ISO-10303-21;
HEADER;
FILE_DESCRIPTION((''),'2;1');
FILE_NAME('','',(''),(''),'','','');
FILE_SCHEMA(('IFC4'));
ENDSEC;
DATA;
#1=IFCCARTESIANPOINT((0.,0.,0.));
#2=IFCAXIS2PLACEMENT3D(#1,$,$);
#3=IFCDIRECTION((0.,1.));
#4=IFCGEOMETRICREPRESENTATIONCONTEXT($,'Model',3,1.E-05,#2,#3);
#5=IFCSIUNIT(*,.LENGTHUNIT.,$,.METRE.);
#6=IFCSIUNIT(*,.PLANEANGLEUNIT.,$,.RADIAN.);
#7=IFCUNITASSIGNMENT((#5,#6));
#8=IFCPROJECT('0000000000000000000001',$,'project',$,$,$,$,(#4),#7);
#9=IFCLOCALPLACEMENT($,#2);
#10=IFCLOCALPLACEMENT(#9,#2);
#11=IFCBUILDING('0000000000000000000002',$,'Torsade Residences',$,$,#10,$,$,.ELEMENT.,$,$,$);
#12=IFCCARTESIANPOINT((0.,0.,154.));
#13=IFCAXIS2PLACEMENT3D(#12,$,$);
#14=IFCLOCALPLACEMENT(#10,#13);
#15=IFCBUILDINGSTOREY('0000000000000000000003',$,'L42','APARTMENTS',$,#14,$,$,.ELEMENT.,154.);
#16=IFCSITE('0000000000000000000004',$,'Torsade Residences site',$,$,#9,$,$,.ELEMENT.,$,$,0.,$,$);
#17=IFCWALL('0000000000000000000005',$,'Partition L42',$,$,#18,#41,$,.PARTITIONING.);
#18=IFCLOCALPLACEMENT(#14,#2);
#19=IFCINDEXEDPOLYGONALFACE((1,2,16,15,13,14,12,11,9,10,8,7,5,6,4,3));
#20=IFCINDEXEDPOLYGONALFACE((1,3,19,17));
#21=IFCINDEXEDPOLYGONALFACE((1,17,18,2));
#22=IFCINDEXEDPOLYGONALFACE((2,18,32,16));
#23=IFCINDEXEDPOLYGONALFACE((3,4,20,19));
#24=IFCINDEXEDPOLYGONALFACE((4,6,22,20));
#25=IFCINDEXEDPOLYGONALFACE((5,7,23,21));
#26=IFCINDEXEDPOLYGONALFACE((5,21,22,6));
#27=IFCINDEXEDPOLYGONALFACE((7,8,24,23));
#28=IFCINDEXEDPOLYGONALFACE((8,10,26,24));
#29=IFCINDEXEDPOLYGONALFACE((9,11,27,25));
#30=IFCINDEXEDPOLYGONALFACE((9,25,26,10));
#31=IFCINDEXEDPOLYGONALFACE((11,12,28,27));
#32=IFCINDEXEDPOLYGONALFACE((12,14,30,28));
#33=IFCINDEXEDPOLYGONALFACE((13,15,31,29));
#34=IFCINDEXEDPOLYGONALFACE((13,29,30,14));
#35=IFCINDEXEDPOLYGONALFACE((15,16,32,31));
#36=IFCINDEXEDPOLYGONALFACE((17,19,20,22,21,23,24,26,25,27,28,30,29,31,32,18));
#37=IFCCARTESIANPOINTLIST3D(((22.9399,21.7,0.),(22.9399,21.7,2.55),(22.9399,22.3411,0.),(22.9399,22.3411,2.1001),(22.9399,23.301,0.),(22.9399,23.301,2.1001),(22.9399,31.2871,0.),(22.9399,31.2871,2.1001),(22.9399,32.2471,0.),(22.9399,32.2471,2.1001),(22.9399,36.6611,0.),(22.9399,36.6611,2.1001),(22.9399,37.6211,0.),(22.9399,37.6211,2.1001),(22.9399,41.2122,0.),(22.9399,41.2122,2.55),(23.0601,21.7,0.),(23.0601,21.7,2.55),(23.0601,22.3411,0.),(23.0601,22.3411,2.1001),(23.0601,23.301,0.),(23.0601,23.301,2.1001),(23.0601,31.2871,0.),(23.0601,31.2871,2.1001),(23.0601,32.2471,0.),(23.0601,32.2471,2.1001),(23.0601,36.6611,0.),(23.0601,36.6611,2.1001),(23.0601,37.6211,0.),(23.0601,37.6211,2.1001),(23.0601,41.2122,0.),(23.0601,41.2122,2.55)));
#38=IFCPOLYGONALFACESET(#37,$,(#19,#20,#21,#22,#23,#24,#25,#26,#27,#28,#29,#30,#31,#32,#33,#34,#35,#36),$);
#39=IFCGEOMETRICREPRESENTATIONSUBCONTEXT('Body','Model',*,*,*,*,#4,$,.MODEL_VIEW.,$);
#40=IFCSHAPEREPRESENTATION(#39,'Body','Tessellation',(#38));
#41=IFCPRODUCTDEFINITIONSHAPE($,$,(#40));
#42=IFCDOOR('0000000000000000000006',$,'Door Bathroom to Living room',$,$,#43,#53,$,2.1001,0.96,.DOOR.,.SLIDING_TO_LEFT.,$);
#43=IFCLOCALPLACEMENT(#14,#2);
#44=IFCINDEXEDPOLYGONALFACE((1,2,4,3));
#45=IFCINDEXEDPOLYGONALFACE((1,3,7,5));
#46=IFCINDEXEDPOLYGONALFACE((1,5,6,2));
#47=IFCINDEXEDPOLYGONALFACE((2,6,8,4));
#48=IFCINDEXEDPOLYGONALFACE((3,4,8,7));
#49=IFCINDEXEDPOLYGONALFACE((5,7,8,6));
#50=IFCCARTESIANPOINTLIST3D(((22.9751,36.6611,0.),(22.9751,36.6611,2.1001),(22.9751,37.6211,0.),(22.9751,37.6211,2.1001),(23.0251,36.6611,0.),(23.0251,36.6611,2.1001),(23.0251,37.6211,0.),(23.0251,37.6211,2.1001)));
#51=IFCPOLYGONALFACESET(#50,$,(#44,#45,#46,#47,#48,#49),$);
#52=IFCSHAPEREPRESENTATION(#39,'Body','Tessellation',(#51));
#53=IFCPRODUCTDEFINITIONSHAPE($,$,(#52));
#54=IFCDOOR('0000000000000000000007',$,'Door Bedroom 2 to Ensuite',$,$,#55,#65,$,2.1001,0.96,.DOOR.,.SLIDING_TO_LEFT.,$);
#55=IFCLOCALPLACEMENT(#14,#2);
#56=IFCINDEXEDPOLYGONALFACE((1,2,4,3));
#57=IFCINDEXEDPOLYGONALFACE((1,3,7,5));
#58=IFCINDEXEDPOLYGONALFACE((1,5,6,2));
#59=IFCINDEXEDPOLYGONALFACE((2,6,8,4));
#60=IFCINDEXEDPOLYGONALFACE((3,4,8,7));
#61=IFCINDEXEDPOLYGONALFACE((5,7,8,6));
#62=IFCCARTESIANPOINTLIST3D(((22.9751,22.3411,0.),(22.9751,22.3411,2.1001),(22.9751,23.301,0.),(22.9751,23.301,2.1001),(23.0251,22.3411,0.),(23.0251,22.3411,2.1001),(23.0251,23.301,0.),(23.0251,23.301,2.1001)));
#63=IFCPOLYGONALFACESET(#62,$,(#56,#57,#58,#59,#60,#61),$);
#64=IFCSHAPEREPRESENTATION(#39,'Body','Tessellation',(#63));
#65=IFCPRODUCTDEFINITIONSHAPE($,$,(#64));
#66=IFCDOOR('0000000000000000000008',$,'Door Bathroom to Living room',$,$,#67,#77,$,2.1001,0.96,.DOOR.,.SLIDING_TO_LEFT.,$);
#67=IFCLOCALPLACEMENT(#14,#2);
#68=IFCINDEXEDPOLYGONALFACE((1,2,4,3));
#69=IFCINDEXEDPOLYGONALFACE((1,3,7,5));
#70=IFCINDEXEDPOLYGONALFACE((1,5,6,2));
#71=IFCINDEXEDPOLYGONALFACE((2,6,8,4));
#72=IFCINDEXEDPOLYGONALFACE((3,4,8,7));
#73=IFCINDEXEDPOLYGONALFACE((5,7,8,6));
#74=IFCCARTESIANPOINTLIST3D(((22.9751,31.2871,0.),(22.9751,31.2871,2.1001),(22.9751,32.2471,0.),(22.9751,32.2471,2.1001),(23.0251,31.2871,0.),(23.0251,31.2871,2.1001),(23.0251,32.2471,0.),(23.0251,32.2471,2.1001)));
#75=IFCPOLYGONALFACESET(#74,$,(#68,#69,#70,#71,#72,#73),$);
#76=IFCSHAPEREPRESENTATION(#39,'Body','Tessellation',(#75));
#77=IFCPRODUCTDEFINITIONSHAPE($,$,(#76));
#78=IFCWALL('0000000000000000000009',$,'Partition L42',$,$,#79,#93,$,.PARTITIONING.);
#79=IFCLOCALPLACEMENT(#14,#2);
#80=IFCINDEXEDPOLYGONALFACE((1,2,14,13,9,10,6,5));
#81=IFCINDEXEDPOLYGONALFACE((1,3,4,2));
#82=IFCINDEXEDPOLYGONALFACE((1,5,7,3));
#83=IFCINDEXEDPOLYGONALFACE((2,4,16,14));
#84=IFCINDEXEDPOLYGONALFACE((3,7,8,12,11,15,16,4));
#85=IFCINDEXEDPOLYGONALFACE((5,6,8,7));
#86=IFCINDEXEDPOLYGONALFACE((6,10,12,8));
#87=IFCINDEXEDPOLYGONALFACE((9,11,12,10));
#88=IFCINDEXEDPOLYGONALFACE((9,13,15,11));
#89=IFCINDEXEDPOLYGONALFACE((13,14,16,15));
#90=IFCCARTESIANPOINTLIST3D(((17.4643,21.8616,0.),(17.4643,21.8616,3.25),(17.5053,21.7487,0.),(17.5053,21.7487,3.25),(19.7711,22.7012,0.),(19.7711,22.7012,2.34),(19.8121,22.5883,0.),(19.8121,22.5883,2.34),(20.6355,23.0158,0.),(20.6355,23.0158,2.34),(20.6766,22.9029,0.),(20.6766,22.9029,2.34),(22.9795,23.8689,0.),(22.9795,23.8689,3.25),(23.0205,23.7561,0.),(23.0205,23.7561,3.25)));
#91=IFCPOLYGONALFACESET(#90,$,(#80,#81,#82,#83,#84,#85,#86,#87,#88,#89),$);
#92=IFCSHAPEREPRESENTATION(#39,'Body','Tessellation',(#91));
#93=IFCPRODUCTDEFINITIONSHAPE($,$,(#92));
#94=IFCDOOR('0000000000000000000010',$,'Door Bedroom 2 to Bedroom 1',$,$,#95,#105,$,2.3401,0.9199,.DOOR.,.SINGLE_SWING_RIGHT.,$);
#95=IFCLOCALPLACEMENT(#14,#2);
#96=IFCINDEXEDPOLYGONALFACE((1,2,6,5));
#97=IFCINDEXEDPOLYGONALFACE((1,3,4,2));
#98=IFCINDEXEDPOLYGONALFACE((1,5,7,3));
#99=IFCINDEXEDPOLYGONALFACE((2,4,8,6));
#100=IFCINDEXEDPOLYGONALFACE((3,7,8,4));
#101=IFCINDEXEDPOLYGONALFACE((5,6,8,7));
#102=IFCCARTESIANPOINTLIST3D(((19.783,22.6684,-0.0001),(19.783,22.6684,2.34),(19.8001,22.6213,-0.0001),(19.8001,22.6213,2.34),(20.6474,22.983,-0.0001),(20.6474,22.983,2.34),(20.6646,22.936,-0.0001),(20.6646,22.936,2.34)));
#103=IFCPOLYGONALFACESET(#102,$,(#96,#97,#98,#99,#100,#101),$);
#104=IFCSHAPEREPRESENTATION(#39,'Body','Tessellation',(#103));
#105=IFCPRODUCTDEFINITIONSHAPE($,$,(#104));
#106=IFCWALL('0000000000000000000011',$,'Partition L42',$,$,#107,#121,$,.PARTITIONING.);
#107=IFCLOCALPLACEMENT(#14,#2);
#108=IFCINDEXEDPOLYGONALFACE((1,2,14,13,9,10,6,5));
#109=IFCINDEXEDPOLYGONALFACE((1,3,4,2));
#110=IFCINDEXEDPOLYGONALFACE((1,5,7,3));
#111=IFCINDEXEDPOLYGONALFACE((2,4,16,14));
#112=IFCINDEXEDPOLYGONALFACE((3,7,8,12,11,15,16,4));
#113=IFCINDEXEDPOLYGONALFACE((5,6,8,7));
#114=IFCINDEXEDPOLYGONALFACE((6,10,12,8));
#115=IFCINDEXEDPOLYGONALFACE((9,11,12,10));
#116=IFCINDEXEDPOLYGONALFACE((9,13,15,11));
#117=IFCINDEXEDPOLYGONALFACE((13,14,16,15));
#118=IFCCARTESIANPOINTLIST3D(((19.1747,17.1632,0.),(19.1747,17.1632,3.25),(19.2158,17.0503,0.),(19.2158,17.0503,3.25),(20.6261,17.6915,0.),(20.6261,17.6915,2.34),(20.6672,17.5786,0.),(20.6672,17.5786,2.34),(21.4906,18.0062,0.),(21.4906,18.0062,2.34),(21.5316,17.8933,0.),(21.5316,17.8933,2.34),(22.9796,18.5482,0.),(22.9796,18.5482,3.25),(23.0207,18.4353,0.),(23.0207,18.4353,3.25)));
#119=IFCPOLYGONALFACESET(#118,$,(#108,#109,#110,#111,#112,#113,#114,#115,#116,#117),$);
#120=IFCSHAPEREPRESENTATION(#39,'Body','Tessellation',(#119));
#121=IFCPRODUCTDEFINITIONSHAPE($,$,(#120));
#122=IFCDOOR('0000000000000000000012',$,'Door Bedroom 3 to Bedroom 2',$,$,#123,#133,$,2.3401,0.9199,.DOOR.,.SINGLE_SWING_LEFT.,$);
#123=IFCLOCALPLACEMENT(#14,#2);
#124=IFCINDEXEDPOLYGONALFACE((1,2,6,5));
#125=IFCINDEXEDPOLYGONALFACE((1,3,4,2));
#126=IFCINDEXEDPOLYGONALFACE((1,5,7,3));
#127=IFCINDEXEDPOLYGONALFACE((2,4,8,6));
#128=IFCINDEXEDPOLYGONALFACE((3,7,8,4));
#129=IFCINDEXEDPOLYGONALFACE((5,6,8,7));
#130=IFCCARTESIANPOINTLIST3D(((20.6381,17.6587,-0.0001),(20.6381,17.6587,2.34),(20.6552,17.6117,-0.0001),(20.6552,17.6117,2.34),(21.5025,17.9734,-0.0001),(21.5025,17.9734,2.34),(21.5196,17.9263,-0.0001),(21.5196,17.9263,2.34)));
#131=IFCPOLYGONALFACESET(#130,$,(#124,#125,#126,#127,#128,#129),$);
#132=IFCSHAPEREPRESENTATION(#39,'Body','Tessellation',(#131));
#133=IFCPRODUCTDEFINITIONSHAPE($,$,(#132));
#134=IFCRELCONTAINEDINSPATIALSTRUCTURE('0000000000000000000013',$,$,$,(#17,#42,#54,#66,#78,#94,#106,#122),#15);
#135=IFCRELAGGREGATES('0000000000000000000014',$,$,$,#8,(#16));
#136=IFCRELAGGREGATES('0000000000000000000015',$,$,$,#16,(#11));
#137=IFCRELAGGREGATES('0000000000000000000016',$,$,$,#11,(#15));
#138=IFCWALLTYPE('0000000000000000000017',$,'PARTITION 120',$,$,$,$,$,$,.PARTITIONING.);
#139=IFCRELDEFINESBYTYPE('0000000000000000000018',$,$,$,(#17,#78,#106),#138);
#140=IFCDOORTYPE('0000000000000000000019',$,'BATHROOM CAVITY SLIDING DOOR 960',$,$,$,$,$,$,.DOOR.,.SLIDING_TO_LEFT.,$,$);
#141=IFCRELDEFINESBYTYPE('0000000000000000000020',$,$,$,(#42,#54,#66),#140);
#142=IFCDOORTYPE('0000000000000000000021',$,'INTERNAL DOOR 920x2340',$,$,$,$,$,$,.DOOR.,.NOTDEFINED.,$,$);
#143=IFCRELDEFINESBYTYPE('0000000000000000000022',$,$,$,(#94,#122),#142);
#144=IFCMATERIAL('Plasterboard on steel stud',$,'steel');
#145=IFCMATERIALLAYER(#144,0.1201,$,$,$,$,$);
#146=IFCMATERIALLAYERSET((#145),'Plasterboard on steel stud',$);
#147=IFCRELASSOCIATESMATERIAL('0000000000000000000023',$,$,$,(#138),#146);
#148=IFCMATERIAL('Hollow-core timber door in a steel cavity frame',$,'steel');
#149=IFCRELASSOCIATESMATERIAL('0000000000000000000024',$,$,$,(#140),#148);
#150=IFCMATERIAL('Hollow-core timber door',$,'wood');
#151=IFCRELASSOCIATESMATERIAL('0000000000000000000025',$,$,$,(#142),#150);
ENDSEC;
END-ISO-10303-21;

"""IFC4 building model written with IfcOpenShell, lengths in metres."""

from ifc_helpers import new_model, si_unit, direction, frame, frame_2d, origin, place, context, subcontext, project, spatial, rectangle, extrude, material, layer, layer_set, type_object, element, fill, save


model = new_model("IFC4")

# Units and contexts
model_context = context("Model", 3, precision=1e-05, world=origin(), true_north=direction((0.0, 1.0)))
body_context = subcontext(model_context, "Body", "Model", "MODEL_VIEW")
ifc_project = project(units=[si_unit("LENGTHUNIT", "METRE"), si_unit("PLANEANGLEUNIT", "RADIAN")], contexts=[model_context])

# Site, building, storey
site_placement = place(None, origin())
site = spatial("IfcSite", under=ifc_project, at=site_placement, Name="Torsade Residences site", CompositionType="ELEMENT", RefElevation=0.0)
building_placement = place(site_placement, origin())
building = spatial("IfcBuilding", under=site, at=building_placement, Name="Torsade Residences", CompositionType="ELEMENT")
storey_placement = place(building_placement, frame((0.0, 0.0, 154.0)))
storey = spatial("IfcBuildingStorey", under=building, at=storey_placement, Name="L42", Description="APARTMENTS", CompositionType="ELEMENT", Elevation=154.0)

# Shared definitions
ifc_material_1 = material(Name="Plasterboard on steel stud", Category="steel")
ifc_layer_1 = layer(ifc_material_1, 0.1201)
ifc_layer_set_1 = layer_set([ifc_layer_1], Name="Plasterboard on steel stud")
wall_type = type_object("IfcWallType", Name="PARTITION 120", PredefinedType="PARTITIONING", material=ifc_layer_set_1)

# Wall, openings, doors
wall_1_placement = place(storey_placement, frame((23.0, 21.7, 0.0), z_axis=(0.0, 0.0, 1.0), x_axis=(0.0, 1.0, 0.0)))
wall_1 = element("IfcWall", 1, at=wall_1_placement, inside=storey, type_object=wall_type, Name="Partition L42", PredefinedType="PARTITIONING", context=body_context, shape_type="SweptSolid", body=[
    extrude(rectangle(XDim=19.5122, YDim=0.1201, at=frame_2d((9.7561, 0.0))), origin(), (0.0, 0.0, 1.0), 2.55),
])
opening_1_placement = place(wall_1_placement, frame((14.9612, 0.0, 0.0)))
opening_1 = element("IfcOpeningElement", 2, at=opening_1_placement, cuts=wall_1, PredefinedType="OPENING", context=body_context, shape_type="SweptSolid", body=[
    extrude(rectangle(XDim=0.96, YDim=2.1001, at=frame_2d((0.48, 1.05))), frame((0.0, 0.0701, 0.0), z_axis=(0.0, -1.0, 0.0), x_axis=(1.0, 0.0, 0.0)), (0.0, 0.0, 1.0), 0.1401),
])
opening_2_placement = place(wall_1_placement, frame((0.6411, 0.0, 0.0)))
opening_2 = element("IfcOpeningElement", 3, at=opening_2_placement, cuts=wall_1, PredefinedType="OPENING", context=body_context, shape_type="SweptSolid", body=[
    extrude(rectangle(XDim=0.96, YDim=2.1001, at=frame_2d((0.48, 1.05))), frame((0.0, 0.0701, 0.0), z_axis=(0.0, -1.0, 0.0), x_axis=(1.0, 0.0, 0.0)), (0.0, 0.0, 1.0), 0.1401),
])
opening_3_placement = place(wall_1_placement, frame((9.5872, 0.0, 0.0)))
opening_3 = element("IfcOpeningElement", 4, at=opening_3_placement, cuts=wall_1, PredefinedType="OPENING", context=body_context, shape_type="SweptSolid", body=[
    extrude(rectangle(XDim=0.96, YDim=2.1001, at=frame_2d((0.48, 1.05))), frame((0.0, 0.0701, 0.0), z_axis=(0.0, -1.0, 0.0), x_axis=(1.0, 0.0, 0.0)), (0.0, 0.0, 1.0), 0.1401),
])
ifc_material_2 = material(Name="Hollow-core timber door in a steel cavity frame", Category="steel")
door_type_1 = type_object("IfcDoorType", Name="BATHROOM CAVITY SLIDING DOOR 960", OperationType="SLIDING_TO_LEFT", PredefinedType="DOOR", material=ifc_material_2)
door_1_placement = place(opening_1_placement, origin())
door_1 = element("IfcDoor", 5, at=door_1_placement, inside=storey, type_object=door_type_1, Name="Door Bathroom to Living room", OperationType="SLIDING_TO_LEFT", OverallHeight=2.1001, OverallWidth=0.96, PredefinedType="DOOR", context=body_context, shape_type="SweptSolid", body=[
    extrude(rectangle(XDim=0.96, YDim=2.1001, at=frame_2d((0.48, 1.05))), frame((0.0, 0.0249, 0.0), z_axis=(0.0, -1.0, 0.0), x_axis=(1.0, 0.0, 0.0)), (0.0, 0.0, 1.0), 0.05),
])
fill(opening_1, door_1)
door_2_placement = place(opening_2_placement, origin())
door_2 = element("IfcDoor", 6, at=door_2_placement, inside=storey, type_object=door_type_1, Name="Door Bedroom 2 to Ensuite", OperationType="SLIDING_TO_LEFT", OverallHeight=2.1001, OverallWidth=0.96, PredefinedType="DOOR", context=body_context, shape_type="SweptSolid", body=[
    extrude(rectangle(XDim=0.96, YDim=2.1001, at=frame_2d((0.48, 1.05))), frame((0.0, 0.0249, 0.0), z_axis=(0.0, -1.0, 0.0), x_axis=(1.0, 0.0, 0.0)), (0.0, 0.0, 1.0), 0.05),
])
fill(opening_2, door_2)
door_3_placement = place(opening_3_placement, origin())
door_3 = element("IfcDoor", 7, at=door_3_placement, inside=storey, type_object=door_type_1, Name="Door Bathroom to Living room", OperationType="SLIDING_TO_LEFT", OverallHeight=2.1001, OverallWidth=0.96, PredefinedType="DOOR", context=body_context, shape_type="SweptSolid", body=[
    extrude(rectangle(XDim=0.96, YDim=2.1001, at=frame_2d((0.48, 1.05))), frame((0.0, 0.0249, 0.0), z_axis=(0.0, -1.0, 0.0), x_axis=(1.0, 0.0, 0.0)), (0.0, 0.0, 1.0), 0.05),
])
fill(opening_3, door_3)

# Walls, openings, doors
wall_2_placement = place(storey_placement, frame((23.0, 23.8125, 0.0), z_axis=(0.0, 0.0, 1.0), x_axis=(-0.939694, -0.342017, 0.0)))
wall_2 = element("IfcWall", 8, at=wall_2_placement, inside=storey, type_object=wall_type, Name="Partition L42", PredefinedType="PARTITIONING", context=body_context, shape_type="SweptSolid", body=[
    extrude(rectangle(XDim=5.8691, YDim=0.1201, at=frame_2d((2.9346, 0.0))), origin(), (0.0, 0.0, 1.0), 3.25),
])
opening_4_placement = place(wall_2_placement, frame((2.4944, 0.0, 0.0)))
opening_4 = element("IfcOpeningElement", 9, at=opening_4_placement, cuts=wall_2, PredefinedType="OPENING", context=body_context, shape_type="SweptSolid", body=[
    extrude(rectangle(XDim=0.9199, YDim=2.3401, at=frame_2d((0.46, 1.1699))), frame((0.0, 0.0701, 0.0), z_axis=(0.0, -1.0, 0.0), x_axis=(1.0, 0.0, 0.0)), (0.0, 0.0, 1.0), 0.1401),
])
ifc_material_3 = material(Name="Hollow-core timber door", Category="wood")
door_type_2 = type_object("IfcDoorType", Name="INTERNAL DOOR 920x2340", OperationType="NOTDEFINED", PredefinedType="DOOR", material=ifc_material_3)
door_4_placement = place(opening_4_placement, origin())
door_4 = element("IfcDoor", 10, at=door_4_placement, inside=storey, type_object=door_type_2, Name="Door Bedroom 2 to Bedroom 1", OperationType="SINGLE_SWING_RIGHT", OverallHeight=2.3401, OverallWidth=0.9199, PredefinedType="DOOR", context=body_context, shape_type="SweptSolid", body=[
    extrude(rectangle(XDim=0.9199, YDim=2.3401, at=frame_2d((0.46, 1.1699))), frame((0.0, 0.0249, 0.0), z_axis=(0.0, -1.0, 0.0), x_axis=(1.0, 0.0, 0.0)), (0.0, 0.0, 1.0), 0.05),
])
fill(opening_4, door_4)
wall_3_placement = place(storey_placement, frame((23.0, 18.4917, 0.0), z_axis=(0.0, 0.0, 1.0), x_axis=(-0.939682, -0.342048, 0.0)))
wall_3 = element("IfcWall", 11, at=wall_3_placement, inside=storey, type_object=wall_type, Name="Partition L42", PredefinedType="PARTITIONING", context=body_context, shape_type="SweptSolid", body=[
    extrude(rectangle(XDim=4.0491, YDim=0.1201, at=frame_2d((2.0244, 0.0))), origin(), (0.0, 0.0, 1.0), 3.25),
])
opening_5_placement = place(wall_3_placement, frame((1.5845, 0.0, 0.0)))
opening_5 = element("IfcOpeningElement", 12, at=opening_5_placement, cuts=wall_3, PredefinedType="OPENING", context=body_context, shape_type="SweptSolid", body=[
    extrude(rectangle(XDim=0.9199, YDim=2.3401, at=frame_2d((0.46, 1.1699))), frame((0.0, 0.0701, 0.0), z_axis=(0.0, -1.0, 0.0), x_axis=(1.0, 0.0, 0.0)), (0.0, 0.0, 1.0), 0.1401),
])
door_5_placement = place(opening_5_placement, origin())
door_5 = element("IfcDoor", 13, at=door_5_placement, inside=storey, type_object=door_type_2, Name="Door Bedroom 3 to Bedroom 2", OperationType="SINGLE_SWING_LEFT", OverallHeight=2.3401, OverallWidth=0.9199, PredefinedType="DOOR", context=body_context, shape_type="SweptSolid", body=[
    extrude(rectangle(XDim=0.9199, YDim=2.3401, at=frame_2d((0.46, 1.1699))), frame((0.0, 0.0249, 0.0), z_axis=(0.0, -1.0, 0.0), x_axis=(1.0, 0.0, 0.0)), (0.0, 0.0, 1.0), 0.05),
])
fill(opening_5, door_5)

save(model, "model.ifc")
